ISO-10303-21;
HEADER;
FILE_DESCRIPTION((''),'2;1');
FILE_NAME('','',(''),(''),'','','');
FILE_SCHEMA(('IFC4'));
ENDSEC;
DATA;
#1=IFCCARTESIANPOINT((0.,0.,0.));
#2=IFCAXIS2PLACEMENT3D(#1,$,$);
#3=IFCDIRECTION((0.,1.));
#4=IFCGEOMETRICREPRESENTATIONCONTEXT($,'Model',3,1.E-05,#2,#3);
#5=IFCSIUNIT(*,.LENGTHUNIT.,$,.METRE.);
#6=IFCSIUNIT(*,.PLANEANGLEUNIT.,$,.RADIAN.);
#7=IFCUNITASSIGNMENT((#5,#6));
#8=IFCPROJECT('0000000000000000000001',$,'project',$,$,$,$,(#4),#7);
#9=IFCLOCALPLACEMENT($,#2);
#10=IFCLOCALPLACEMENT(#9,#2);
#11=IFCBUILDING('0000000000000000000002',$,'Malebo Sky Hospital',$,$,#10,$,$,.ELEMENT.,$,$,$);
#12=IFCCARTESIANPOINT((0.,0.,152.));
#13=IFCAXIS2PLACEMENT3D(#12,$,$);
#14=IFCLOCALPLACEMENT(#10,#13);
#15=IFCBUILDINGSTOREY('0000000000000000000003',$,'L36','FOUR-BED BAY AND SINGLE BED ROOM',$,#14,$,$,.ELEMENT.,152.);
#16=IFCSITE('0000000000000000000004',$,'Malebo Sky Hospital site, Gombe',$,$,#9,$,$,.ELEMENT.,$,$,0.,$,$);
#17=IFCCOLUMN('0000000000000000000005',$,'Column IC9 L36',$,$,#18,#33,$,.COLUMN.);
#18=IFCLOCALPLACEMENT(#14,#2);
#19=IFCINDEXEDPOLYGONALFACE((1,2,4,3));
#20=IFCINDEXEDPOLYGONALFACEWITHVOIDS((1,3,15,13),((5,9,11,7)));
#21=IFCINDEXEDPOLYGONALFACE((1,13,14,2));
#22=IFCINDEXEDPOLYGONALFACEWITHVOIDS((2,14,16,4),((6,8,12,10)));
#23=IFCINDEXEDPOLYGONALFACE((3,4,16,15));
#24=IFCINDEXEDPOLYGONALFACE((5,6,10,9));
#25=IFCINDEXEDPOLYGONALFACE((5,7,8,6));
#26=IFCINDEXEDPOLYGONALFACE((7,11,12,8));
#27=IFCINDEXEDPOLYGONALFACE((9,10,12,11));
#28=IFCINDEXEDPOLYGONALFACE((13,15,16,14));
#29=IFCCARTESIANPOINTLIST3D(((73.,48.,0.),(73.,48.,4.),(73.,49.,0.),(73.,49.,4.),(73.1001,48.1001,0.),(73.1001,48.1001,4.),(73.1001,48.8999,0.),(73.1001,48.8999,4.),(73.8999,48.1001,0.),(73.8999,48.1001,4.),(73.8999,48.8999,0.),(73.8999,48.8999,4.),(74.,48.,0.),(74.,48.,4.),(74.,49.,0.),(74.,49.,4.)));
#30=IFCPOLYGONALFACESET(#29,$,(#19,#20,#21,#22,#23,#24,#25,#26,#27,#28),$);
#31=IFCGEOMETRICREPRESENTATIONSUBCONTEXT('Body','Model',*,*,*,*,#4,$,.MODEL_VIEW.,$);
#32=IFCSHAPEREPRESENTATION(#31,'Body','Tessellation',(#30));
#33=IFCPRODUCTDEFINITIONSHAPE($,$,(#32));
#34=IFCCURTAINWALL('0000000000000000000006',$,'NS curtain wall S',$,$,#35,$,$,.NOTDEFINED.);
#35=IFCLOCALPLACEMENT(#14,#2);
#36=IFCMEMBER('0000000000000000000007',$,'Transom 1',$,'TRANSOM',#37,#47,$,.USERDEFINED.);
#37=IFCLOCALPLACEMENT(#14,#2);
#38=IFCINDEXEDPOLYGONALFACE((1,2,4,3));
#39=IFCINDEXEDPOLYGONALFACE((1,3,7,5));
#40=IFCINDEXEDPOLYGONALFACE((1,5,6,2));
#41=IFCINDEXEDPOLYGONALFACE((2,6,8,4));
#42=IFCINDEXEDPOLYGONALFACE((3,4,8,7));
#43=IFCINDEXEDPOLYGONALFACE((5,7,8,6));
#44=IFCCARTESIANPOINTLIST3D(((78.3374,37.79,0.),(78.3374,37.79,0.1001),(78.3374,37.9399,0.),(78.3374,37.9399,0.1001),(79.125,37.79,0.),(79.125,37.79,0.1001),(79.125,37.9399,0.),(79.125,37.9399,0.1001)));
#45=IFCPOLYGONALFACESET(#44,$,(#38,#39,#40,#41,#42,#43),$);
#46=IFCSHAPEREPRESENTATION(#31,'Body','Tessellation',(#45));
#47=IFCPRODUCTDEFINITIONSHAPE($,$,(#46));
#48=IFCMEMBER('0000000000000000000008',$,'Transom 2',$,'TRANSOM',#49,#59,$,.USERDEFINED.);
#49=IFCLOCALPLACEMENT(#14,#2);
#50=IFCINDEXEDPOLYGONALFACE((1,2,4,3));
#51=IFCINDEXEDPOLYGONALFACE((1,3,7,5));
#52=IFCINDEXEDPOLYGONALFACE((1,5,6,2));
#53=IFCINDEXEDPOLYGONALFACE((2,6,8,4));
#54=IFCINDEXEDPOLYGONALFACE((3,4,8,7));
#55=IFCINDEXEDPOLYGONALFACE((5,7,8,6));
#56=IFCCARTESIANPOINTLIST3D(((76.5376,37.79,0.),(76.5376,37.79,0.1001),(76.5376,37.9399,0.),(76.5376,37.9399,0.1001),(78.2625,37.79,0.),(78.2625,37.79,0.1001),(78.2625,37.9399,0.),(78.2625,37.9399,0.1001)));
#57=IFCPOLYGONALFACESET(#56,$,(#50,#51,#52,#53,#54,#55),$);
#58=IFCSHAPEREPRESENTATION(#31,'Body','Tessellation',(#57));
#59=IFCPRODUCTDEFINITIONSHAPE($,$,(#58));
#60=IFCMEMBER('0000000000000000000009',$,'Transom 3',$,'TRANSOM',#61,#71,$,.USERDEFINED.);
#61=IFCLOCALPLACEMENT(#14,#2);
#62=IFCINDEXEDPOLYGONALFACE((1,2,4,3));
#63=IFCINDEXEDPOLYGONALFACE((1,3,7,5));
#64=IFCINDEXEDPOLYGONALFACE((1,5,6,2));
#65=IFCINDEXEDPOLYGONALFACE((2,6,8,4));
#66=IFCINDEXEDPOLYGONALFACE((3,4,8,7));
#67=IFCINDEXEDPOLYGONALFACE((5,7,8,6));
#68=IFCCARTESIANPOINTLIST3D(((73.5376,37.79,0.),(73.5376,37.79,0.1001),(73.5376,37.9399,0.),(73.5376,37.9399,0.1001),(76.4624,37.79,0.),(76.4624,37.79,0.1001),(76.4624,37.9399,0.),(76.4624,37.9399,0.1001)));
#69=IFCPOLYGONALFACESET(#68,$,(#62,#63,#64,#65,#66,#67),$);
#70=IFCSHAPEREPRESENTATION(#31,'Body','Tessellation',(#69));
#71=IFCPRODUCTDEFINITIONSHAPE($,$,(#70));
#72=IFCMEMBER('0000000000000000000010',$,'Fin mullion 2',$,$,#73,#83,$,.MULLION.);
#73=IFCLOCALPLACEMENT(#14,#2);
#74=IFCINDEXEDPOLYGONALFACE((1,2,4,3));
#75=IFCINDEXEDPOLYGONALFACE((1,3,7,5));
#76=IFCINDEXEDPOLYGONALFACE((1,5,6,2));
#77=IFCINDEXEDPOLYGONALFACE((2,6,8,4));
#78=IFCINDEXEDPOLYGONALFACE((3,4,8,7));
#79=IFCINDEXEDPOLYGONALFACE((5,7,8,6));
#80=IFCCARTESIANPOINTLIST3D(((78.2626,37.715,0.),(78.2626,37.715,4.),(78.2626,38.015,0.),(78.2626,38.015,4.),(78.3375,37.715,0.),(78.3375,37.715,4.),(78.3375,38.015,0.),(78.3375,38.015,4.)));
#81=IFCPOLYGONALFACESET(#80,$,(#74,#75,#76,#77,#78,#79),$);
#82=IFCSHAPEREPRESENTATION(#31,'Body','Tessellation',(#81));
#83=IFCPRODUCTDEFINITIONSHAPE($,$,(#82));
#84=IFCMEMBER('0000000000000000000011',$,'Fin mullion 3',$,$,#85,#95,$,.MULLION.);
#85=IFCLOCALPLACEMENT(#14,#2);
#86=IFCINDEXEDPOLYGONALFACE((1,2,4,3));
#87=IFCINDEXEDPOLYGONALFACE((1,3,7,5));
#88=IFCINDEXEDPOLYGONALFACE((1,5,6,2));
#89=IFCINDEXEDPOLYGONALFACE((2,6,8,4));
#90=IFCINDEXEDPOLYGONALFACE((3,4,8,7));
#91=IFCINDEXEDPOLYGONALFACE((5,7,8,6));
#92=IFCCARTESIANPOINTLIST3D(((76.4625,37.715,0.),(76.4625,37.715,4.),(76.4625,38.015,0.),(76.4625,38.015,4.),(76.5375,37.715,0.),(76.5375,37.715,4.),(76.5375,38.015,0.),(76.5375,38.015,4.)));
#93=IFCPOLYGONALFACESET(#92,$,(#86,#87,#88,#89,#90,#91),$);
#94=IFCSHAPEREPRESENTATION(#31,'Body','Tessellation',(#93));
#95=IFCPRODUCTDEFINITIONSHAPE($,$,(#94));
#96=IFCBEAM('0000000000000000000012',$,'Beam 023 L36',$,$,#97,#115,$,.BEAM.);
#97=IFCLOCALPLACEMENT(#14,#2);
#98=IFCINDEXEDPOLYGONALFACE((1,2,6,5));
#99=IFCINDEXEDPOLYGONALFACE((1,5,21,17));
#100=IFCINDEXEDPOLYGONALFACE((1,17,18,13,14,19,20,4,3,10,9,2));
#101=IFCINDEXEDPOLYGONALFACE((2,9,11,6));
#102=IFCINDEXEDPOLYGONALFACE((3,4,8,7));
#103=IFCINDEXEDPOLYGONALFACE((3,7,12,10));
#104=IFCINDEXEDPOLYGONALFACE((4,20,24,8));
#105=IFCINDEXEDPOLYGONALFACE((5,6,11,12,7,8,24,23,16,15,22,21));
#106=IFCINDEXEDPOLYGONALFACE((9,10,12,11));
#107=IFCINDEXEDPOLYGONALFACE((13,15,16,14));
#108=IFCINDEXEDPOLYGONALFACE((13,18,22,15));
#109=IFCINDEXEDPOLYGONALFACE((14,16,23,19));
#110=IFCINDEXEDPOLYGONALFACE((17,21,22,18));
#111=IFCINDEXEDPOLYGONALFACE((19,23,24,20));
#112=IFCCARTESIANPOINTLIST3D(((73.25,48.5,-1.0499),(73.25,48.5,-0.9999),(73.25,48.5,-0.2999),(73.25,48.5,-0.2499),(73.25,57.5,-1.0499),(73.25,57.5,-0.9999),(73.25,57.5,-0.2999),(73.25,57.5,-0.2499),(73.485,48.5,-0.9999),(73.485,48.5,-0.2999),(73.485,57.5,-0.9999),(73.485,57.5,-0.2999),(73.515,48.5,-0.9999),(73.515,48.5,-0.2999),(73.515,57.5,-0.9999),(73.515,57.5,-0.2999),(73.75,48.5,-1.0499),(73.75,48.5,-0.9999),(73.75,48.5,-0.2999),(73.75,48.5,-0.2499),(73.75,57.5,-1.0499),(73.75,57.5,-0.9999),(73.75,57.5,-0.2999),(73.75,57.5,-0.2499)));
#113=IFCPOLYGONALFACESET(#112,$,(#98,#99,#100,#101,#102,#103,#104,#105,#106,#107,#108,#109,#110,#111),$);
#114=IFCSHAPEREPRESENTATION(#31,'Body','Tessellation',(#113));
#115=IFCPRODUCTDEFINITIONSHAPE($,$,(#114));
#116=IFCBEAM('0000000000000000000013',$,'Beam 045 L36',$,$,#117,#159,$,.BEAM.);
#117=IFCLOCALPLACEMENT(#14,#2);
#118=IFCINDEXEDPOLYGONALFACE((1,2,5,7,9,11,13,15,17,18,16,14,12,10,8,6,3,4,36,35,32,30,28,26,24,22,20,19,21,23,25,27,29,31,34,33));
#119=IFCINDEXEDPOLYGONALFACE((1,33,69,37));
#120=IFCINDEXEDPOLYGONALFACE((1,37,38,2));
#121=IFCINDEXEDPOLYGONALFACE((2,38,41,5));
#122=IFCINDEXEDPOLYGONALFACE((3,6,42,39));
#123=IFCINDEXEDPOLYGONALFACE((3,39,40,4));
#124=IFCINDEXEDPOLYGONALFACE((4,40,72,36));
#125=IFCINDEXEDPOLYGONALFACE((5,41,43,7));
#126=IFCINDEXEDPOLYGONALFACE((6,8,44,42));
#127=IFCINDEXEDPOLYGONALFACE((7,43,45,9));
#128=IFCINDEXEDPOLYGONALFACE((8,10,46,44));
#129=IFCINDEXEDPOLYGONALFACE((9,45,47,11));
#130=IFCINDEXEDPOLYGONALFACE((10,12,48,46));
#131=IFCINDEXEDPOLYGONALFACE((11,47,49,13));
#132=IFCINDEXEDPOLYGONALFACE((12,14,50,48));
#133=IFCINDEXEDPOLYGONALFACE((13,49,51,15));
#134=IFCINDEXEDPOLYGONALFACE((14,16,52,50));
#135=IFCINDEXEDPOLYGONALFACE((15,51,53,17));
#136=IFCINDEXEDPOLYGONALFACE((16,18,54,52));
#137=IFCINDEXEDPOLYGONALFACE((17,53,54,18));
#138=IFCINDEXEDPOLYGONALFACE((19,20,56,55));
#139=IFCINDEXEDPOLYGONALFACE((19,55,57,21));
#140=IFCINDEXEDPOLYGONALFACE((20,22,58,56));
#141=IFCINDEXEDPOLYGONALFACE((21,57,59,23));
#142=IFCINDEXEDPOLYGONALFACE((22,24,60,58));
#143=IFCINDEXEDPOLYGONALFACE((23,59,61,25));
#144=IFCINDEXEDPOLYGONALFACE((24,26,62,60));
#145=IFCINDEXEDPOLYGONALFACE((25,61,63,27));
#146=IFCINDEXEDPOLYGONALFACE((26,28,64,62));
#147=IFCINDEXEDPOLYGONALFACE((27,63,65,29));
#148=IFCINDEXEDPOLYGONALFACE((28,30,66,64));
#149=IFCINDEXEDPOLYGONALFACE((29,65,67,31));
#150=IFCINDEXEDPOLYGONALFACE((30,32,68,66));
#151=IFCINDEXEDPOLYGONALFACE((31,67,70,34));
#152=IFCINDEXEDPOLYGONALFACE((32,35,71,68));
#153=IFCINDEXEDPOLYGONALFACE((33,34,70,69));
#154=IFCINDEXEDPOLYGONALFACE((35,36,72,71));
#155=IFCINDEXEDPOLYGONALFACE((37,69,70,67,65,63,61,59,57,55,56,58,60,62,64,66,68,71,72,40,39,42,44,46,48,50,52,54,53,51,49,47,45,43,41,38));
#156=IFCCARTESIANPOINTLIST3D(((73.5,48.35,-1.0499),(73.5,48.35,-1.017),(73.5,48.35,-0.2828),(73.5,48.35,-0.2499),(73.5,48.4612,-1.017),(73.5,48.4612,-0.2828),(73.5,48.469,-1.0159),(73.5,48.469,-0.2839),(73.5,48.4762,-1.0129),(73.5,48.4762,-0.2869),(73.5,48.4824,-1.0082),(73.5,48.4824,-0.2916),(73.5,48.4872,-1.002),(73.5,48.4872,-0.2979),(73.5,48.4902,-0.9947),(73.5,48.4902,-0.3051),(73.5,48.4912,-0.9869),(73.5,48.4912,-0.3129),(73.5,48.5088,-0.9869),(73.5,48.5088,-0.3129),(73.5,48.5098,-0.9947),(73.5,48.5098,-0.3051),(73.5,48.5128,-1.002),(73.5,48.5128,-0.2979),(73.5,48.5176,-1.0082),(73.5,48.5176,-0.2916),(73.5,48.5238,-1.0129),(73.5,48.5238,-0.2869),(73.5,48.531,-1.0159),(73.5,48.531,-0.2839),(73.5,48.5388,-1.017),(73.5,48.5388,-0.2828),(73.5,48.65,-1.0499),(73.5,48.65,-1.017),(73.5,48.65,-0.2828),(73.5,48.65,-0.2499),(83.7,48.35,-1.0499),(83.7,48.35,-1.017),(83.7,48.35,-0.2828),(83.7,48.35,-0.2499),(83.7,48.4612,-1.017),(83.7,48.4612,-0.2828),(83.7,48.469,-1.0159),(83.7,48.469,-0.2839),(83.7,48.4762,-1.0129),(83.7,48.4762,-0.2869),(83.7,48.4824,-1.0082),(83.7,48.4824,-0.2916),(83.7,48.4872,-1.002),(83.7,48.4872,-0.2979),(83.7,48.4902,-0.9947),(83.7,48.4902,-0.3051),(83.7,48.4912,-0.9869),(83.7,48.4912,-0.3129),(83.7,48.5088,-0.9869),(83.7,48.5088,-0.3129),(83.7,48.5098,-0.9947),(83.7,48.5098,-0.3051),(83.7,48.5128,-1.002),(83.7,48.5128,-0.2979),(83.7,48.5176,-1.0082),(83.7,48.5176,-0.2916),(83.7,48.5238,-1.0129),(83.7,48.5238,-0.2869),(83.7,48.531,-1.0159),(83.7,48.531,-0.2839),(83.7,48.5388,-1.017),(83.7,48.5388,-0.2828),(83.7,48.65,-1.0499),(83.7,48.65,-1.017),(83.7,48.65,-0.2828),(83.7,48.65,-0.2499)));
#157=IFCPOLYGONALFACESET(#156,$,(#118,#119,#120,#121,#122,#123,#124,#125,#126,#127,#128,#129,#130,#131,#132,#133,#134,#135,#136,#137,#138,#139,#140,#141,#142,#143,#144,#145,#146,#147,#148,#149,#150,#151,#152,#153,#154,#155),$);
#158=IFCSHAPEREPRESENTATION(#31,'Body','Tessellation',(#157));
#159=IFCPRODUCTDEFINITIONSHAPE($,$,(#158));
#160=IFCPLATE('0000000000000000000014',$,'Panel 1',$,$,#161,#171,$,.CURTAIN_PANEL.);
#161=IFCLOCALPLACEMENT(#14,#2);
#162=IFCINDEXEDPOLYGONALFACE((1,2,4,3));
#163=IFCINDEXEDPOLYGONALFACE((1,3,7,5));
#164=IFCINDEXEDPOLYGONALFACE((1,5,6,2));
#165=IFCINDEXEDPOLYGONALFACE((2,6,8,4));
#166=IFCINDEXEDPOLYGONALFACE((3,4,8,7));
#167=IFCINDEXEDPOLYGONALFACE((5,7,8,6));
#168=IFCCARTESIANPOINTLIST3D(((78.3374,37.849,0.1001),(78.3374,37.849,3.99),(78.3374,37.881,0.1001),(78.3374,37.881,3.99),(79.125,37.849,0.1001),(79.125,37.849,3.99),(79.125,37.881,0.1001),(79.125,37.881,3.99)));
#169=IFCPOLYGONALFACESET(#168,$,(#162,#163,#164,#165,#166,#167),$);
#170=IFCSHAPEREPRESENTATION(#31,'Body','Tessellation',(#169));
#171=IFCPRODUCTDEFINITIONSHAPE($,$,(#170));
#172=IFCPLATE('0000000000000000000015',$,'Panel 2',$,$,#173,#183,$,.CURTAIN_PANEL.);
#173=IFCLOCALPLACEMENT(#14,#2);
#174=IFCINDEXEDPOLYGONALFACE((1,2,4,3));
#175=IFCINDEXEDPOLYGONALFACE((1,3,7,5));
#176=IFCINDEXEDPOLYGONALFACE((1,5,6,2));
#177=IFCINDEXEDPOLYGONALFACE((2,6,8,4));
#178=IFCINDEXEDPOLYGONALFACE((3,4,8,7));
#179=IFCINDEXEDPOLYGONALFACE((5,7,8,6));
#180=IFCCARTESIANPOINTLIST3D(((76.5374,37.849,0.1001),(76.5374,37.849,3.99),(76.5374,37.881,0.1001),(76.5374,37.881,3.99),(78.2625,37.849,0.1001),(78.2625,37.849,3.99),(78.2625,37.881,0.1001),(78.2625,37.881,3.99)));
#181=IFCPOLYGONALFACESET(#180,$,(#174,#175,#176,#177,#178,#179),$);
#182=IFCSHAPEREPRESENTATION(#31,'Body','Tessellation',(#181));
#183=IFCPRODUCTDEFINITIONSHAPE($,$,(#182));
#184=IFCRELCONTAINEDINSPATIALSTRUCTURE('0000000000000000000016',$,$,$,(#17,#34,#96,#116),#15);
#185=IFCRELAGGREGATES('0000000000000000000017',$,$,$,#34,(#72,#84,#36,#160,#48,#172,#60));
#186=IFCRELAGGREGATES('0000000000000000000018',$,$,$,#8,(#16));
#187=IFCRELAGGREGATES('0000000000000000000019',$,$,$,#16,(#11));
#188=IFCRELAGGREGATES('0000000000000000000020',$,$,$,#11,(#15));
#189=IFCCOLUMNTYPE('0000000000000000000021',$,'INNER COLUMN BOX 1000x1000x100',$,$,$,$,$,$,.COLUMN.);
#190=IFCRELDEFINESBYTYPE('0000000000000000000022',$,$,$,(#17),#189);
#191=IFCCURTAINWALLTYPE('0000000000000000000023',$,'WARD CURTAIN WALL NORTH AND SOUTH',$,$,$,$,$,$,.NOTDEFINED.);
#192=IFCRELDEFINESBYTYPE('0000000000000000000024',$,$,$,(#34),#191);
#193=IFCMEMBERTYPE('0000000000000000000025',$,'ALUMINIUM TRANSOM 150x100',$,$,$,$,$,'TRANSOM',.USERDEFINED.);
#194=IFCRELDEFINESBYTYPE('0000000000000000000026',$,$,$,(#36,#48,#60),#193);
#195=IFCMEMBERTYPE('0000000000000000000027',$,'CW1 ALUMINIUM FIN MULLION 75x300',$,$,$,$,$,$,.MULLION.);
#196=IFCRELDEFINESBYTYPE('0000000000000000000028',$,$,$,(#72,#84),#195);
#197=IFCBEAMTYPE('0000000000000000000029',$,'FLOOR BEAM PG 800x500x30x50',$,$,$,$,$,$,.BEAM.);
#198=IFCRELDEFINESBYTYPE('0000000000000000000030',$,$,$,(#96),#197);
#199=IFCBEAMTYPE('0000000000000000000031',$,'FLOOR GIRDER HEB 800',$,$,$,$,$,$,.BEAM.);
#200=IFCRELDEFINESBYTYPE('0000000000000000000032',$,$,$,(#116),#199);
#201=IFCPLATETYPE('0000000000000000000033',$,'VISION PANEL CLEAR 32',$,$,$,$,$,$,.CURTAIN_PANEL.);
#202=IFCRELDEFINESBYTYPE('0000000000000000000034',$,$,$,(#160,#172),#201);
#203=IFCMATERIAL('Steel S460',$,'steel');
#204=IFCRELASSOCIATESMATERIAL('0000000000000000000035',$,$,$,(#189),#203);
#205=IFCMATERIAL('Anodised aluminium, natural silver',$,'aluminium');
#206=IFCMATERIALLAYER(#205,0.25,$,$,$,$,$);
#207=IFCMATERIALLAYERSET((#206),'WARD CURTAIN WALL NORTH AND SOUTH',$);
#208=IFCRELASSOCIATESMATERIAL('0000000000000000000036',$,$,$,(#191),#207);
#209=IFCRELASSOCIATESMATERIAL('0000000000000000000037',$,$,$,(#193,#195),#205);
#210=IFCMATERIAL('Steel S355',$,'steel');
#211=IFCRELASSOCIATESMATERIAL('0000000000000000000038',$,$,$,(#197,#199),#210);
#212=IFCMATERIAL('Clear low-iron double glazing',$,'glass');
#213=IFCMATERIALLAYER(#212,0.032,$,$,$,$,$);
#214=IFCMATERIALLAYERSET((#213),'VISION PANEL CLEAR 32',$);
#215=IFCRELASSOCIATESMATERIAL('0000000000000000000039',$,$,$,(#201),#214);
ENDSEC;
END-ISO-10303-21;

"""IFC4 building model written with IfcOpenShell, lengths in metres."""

from ifc_helpers import new_model, si_unit, direction, frame, origin, origin_2d, place, context, subcontext, project, spatial, rectangle, hollow_rectangle, i_section, extrude, material, layer, layer_set, material_profile, profile_set, type_object, element, aggregate, save


model = new_model("IFC4")

# Units and contexts
model_context = context("Model", 3, precision=1e-05, world=origin(), true_north=direction((0.0, 1.0)))
body_context = subcontext(model_context, "Body", "Model", "MODEL_VIEW")
ifc_project = project(units=[si_unit("LENGTHUNIT", "METRE"), si_unit("PLANEANGLEUNIT", "RADIAN")], contexts=[model_context])

# Site, building, storey
site_placement = place(None, origin())
site = spatial("IfcSite", under=ifc_project, at=site_placement, Name="Malebo Sky Hospital site, Gombe", CompositionType="ELEMENT", RefElevation=0.0)
building_placement = place(site_placement, origin())
building = spatial("IfcBuilding", under=site, at=building_placement, Name="Malebo Sky Hospital", CompositionType="ELEMENT")
storey_placement = place(building_placement, frame((0.0, 0.0, 152.0)))
storey = spatial("IfcBuildingStorey", under=building, at=storey_placement, Name="L36", Description="FOUR-BED BAY AND SINGLE BED ROOM", CompositionType="ELEMENT", Elevation=152.0)

# Column
ifc_material_1 = material(Name="Steel S460", Category="steel")
ifc_material_profile_1 = material_profile(ifc_material_1, hollow_rectangle(XDim=1.0, YDim=1.0, WallThickness=0.1001, at=origin_2d()), Name="BOX 1000x1000x100")
ifc_profile_set_1 = profile_set([ifc_material_profile_1], Name="Steel S460")
column_type = type_object("IfcColumnType", Name="INNER COLUMN BOX 1000x1000x100", PredefinedType="COLUMN", material=ifc_profile_set_1)
column_placement = place(storey_placement, frame((73.5, 48.5, 0.0), z_axis=(0.0, 0.0, 1.0), x_axis=(1.0, 0.0, 0.0)))
element("IfcColumn", 1, at=column_placement, inside=storey, type_object=column_type, Name="Column IC9 L36", PredefinedType="COLUMN", context=body_context, shape_type="SweptSolid", body=[
    extrude(hollow_rectangle(XDim=1.0, YDim=1.0, WallThickness=0.1001, at=origin_2d()), origin(), (0.0, 0.0, 1.0), 4.0),
])

# Curtain wall, members
ifc_material_2 = material(Name="Anodised aluminium, natural silver", Category="aluminium")
ifc_layer_1 = layer(ifc_material_2, 0.25)
ifc_layer_set_1 = layer_set([ifc_layer_1], Name="WARD CURTAIN WALL NORTH AND SOUTH")
curtain_wall_type = type_object("IfcCurtainWallType", Name="WARD CURTAIN WALL NORTH AND SOUTH", PredefinedType="NOTDEFINED", material=ifc_layer_set_1)
curtain_wall_placement = place(storey_placement, origin())
curtain_wall = element("IfcCurtainWall", 2, at=curtain_wall_placement, inside=storey, type_object=curtain_wall_type, Name="NS curtain wall S", PredefinedType="NOTDEFINED")
ifc_material_profile_2 = material_profile(ifc_material_2, rectangle(XDim=0.1499, YDim=0.1001, at=origin_2d()), Name="ALUMINIUM TRANSOM 150x100")
ifc_profile_set_2 = profile_set([ifc_material_profile_2], Name="Anodised aluminium, natural silver")
member_type_1 = type_object("IfcMemberType", Name="ALUMINIUM TRANSOM 150x100", ElementType="TRANSOM", PredefinedType="USERDEFINED", material=ifc_profile_set_2)
member_1_placement = place(storey_placement, frame((79.125, 37.865, 0.05), z_axis=(-1.0, 0.0, 0.0), x_axis=(0.0, -1.0, 0.0)))
member_1 = element("IfcMember", 3, at=member_1_placement, type_object=member_type_1, Name="Transom 1", ObjectType="TRANSOM", PredefinedType="USERDEFINED", context=body_context, shape_type="SweptSolid", body=[
    extrude(rectangle(XDim=0.1499, YDim=0.1001, at=origin_2d()), origin(), (0.0, 0.0, 1.0), 0.7876),
])
member_2_placement = place(storey_placement, frame((78.2625, 37.865, 0.05), z_axis=(-1.0, 0.0, 0.0), x_axis=(0.0, -1.0, 0.0)))
member_2 = element("IfcMember", 4, at=member_2_placement, type_object=member_type_1, Name="Transom 2", ObjectType="TRANSOM", PredefinedType="USERDEFINED", context=body_context, shape_type="SweptSolid", body=[
    extrude(rectangle(XDim=0.1499, YDim=0.1001, at=origin_2d()), origin(), (0.0, 0.0, 1.0), 1.7249),
])
member_3_placement = place(storey_placement, frame((76.4624, 37.865, 0.05), z_axis=(-1.0, 0.0, 0.0), x_axis=(0.0, -1.0, 0.0)))
member_3 = element("IfcMember", 5, at=member_3_placement, type_object=member_type_1, Name="Transom 3", ObjectType="TRANSOM", PredefinedType="USERDEFINED", context=body_context, shape_type="SweptSolid", body=[
    extrude(rectangle(XDim=0.1499, YDim=0.1001, at=origin_2d()), origin(), (0.0, 0.0, 1.0), 2.9248),
])
ifc_material_profile_3 = material_profile(ifc_material_2, rectangle(XDim=0.075, YDim=0.3, at=origin_2d()), Name="CW1 ALUMINIUM FIN MULLION 75x300")
ifc_profile_set_3 = profile_set([ifc_material_profile_3], Name="Anodised aluminium, natural silver")
member_type_2 = type_object("IfcMemberType", Name="CW1 ALUMINIUM FIN MULLION 75x300", PredefinedType="MULLION", material=ifc_profile_set_3)
member_4_placement = place(storey_placement, frame((78.3, 37.865, 0.0), z_axis=(0.0, 0.0, 1.0), x_axis=(-1.0, 0.0, 0.0)))
member_4 = element("IfcMember", 6, at=member_4_placement, type_object=member_type_2, Name="Fin mullion 2", PredefinedType="MULLION", context=body_context, shape_type="SweptSolid", body=[
    extrude(rectangle(XDim=0.075, YDim=0.3, at=origin_2d()), origin(), (0.0, 0.0, 1.0), 4.0),
])
member_5_placement = place(storey_placement, frame((76.5, 37.865, 0.0), z_axis=(0.0, 0.0, 1.0), x_axis=(-1.0, 0.0, 0.0)))
member_5 = element("IfcMember", 7, at=member_5_placement, type_object=member_type_2, Name="Fin mullion 3", PredefinedType="MULLION", context=body_context, shape_type="SweptSolid", body=[
    extrude(rectangle(XDim=0.075, YDim=0.3, at=origin_2d()), origin(), (0.0, 0.0, 1.0), 4.0),
])

# Beams
ifc_material_3 = material(Name="Steel S355", Category="steel")
ifc_material_profile_4 = material_profile(ifc_material_3, i_section(OverallWidth=0.5, OverallDepth=0.8, WebThickness=0.03, FlangeThickness=0.05, at=origin_2d()), Name="PG 800x500x30x50")
ifc_profile_set_4 = profile_set([ifc_material_profile_4], Name="Steel S355")
beam_type_1 = type_object("IfcBeamType", Name="FLOOR BEAM PG 800x500x30x50", PredefinedType="BEAM", material=ifc_profile_set_4)
beam_1_placement = place(storey_placement, frame((73.5, 48.5, -0.6499), z_axis=(0.0, 1.0, 0.0), x_axis=(-1.0, 0.0, 0.0)))
element("IfcBeam", 8, at=beam_1_placement, inside=storey, type_object=beam_type_1, Name="Beam 023 L36", PredefinedType="BEAM", context=body_context, shape_type="SweptSolid", body=[
    extrude(i_section(OverallWidth=0.5, OverallDepth=0.8, WebThickness=0.03, FlangeThickness=0.05, at=origin_2d()), origin(), (0.0, 0.0, 1.0), 9.0),
])
ifc_material_profile_5 = material_profile(ifc_material_3, i_section(OverallWidth=0.3, OverallDepth=0.8, WebThickness=0.0176, FlangeThickness=0.033, FilletRadius=0.03, at=origin_2d()), Name="HEB 800")
ifc_profile_set_5 = profile_set([ifc_material_profile_5], Name="Steel S355")
beam_type_2 = type_object("IfcBeamType", Name="FLOOR GIRDER HEB 800", PredefinedType="BEAM", material=ifc_profile_set_5)
beam_2_placement = place(storey_placement, frame((73.5, 48.5, -0.6499), z_axis=(1.0, 0.0, 0.0), x_axis=(0.0, 1.0, 0.0)))
element("IfcBeam", 9, at=beam_2_placement, inside=storey, type_object=beam_type_2, Name="Beam 045 L36", PredefinedType="BEAM", context=body_context, shape_type="SweptSolid", body=[
    extrude(i_section(OverallWidth=0.3, OverallDepth=0.8, WebThickness=0.0176, FlangeThickness=0.033, FilletRadius=0.03, at=origin_2d()), origin(), (0.0, 0.0, 1.0), 10.2),
])

# Plates
ifc_material_4 = material(Name="Clear low-iron double glazing", Category="glass")
ifc_layer_2 = layer(ifc_material_4, 0.032)
ifc_layer_set_2 = layer_set([ifc_layer_2], Name="VISION PANEL CLEAR 32")
plate_type = type_object("IfcPlateType", Name="VISION PANEL CLEAR 32", PredefinedType="CURTAIN_PANEL", material=ifc_layer_set_2)
plate_1_placement = place(storey_placement, frame((78.7312, 37.865, 0.1001), z_axis=(0.0, 0.0, 1.0), x_axis=(-1.0, 0.0, 0.0)))
plate_1 = element("IfcPlate", 10, at=plate_1_placement, type_object=plate_type, Name="Panel 1", PredefinedType="CURTAIN_PANEL", context=body_context, shape_type="SweptSolid", body=[
    extrude(rectangle(XDim=0.7876, YDim=0.032, at=origin_2d()), origin(), (0.0, 0.0, 1.0), 3.8899),
])
plate_2_placement = place(storey_placement, frame((77.3999, 37.865, 0.1001), z_axis=(0.0, 0.0, 1.0), x_axis=(-1.0, 0.0, 0.0)))
plate_2 = element("IfcPlate", 11, at=plate_2_placement, type_object=plate_type, Name="Panel 2", PredefinedType="CURTAIN_PANEL", context=body_context, shape_type="SweptSolid", body=[
    extrude(rectangle(XDim=1.7251, YDim=0.032, at=origin_2d()), origin(), (0.0, 0.0, 1.0), 3.8899),
])
aggregate(curtain_wall, [member_4, member_5, member_1, plate_1, member_2, plate_2, member_3])

save(model, "model.ifc")
